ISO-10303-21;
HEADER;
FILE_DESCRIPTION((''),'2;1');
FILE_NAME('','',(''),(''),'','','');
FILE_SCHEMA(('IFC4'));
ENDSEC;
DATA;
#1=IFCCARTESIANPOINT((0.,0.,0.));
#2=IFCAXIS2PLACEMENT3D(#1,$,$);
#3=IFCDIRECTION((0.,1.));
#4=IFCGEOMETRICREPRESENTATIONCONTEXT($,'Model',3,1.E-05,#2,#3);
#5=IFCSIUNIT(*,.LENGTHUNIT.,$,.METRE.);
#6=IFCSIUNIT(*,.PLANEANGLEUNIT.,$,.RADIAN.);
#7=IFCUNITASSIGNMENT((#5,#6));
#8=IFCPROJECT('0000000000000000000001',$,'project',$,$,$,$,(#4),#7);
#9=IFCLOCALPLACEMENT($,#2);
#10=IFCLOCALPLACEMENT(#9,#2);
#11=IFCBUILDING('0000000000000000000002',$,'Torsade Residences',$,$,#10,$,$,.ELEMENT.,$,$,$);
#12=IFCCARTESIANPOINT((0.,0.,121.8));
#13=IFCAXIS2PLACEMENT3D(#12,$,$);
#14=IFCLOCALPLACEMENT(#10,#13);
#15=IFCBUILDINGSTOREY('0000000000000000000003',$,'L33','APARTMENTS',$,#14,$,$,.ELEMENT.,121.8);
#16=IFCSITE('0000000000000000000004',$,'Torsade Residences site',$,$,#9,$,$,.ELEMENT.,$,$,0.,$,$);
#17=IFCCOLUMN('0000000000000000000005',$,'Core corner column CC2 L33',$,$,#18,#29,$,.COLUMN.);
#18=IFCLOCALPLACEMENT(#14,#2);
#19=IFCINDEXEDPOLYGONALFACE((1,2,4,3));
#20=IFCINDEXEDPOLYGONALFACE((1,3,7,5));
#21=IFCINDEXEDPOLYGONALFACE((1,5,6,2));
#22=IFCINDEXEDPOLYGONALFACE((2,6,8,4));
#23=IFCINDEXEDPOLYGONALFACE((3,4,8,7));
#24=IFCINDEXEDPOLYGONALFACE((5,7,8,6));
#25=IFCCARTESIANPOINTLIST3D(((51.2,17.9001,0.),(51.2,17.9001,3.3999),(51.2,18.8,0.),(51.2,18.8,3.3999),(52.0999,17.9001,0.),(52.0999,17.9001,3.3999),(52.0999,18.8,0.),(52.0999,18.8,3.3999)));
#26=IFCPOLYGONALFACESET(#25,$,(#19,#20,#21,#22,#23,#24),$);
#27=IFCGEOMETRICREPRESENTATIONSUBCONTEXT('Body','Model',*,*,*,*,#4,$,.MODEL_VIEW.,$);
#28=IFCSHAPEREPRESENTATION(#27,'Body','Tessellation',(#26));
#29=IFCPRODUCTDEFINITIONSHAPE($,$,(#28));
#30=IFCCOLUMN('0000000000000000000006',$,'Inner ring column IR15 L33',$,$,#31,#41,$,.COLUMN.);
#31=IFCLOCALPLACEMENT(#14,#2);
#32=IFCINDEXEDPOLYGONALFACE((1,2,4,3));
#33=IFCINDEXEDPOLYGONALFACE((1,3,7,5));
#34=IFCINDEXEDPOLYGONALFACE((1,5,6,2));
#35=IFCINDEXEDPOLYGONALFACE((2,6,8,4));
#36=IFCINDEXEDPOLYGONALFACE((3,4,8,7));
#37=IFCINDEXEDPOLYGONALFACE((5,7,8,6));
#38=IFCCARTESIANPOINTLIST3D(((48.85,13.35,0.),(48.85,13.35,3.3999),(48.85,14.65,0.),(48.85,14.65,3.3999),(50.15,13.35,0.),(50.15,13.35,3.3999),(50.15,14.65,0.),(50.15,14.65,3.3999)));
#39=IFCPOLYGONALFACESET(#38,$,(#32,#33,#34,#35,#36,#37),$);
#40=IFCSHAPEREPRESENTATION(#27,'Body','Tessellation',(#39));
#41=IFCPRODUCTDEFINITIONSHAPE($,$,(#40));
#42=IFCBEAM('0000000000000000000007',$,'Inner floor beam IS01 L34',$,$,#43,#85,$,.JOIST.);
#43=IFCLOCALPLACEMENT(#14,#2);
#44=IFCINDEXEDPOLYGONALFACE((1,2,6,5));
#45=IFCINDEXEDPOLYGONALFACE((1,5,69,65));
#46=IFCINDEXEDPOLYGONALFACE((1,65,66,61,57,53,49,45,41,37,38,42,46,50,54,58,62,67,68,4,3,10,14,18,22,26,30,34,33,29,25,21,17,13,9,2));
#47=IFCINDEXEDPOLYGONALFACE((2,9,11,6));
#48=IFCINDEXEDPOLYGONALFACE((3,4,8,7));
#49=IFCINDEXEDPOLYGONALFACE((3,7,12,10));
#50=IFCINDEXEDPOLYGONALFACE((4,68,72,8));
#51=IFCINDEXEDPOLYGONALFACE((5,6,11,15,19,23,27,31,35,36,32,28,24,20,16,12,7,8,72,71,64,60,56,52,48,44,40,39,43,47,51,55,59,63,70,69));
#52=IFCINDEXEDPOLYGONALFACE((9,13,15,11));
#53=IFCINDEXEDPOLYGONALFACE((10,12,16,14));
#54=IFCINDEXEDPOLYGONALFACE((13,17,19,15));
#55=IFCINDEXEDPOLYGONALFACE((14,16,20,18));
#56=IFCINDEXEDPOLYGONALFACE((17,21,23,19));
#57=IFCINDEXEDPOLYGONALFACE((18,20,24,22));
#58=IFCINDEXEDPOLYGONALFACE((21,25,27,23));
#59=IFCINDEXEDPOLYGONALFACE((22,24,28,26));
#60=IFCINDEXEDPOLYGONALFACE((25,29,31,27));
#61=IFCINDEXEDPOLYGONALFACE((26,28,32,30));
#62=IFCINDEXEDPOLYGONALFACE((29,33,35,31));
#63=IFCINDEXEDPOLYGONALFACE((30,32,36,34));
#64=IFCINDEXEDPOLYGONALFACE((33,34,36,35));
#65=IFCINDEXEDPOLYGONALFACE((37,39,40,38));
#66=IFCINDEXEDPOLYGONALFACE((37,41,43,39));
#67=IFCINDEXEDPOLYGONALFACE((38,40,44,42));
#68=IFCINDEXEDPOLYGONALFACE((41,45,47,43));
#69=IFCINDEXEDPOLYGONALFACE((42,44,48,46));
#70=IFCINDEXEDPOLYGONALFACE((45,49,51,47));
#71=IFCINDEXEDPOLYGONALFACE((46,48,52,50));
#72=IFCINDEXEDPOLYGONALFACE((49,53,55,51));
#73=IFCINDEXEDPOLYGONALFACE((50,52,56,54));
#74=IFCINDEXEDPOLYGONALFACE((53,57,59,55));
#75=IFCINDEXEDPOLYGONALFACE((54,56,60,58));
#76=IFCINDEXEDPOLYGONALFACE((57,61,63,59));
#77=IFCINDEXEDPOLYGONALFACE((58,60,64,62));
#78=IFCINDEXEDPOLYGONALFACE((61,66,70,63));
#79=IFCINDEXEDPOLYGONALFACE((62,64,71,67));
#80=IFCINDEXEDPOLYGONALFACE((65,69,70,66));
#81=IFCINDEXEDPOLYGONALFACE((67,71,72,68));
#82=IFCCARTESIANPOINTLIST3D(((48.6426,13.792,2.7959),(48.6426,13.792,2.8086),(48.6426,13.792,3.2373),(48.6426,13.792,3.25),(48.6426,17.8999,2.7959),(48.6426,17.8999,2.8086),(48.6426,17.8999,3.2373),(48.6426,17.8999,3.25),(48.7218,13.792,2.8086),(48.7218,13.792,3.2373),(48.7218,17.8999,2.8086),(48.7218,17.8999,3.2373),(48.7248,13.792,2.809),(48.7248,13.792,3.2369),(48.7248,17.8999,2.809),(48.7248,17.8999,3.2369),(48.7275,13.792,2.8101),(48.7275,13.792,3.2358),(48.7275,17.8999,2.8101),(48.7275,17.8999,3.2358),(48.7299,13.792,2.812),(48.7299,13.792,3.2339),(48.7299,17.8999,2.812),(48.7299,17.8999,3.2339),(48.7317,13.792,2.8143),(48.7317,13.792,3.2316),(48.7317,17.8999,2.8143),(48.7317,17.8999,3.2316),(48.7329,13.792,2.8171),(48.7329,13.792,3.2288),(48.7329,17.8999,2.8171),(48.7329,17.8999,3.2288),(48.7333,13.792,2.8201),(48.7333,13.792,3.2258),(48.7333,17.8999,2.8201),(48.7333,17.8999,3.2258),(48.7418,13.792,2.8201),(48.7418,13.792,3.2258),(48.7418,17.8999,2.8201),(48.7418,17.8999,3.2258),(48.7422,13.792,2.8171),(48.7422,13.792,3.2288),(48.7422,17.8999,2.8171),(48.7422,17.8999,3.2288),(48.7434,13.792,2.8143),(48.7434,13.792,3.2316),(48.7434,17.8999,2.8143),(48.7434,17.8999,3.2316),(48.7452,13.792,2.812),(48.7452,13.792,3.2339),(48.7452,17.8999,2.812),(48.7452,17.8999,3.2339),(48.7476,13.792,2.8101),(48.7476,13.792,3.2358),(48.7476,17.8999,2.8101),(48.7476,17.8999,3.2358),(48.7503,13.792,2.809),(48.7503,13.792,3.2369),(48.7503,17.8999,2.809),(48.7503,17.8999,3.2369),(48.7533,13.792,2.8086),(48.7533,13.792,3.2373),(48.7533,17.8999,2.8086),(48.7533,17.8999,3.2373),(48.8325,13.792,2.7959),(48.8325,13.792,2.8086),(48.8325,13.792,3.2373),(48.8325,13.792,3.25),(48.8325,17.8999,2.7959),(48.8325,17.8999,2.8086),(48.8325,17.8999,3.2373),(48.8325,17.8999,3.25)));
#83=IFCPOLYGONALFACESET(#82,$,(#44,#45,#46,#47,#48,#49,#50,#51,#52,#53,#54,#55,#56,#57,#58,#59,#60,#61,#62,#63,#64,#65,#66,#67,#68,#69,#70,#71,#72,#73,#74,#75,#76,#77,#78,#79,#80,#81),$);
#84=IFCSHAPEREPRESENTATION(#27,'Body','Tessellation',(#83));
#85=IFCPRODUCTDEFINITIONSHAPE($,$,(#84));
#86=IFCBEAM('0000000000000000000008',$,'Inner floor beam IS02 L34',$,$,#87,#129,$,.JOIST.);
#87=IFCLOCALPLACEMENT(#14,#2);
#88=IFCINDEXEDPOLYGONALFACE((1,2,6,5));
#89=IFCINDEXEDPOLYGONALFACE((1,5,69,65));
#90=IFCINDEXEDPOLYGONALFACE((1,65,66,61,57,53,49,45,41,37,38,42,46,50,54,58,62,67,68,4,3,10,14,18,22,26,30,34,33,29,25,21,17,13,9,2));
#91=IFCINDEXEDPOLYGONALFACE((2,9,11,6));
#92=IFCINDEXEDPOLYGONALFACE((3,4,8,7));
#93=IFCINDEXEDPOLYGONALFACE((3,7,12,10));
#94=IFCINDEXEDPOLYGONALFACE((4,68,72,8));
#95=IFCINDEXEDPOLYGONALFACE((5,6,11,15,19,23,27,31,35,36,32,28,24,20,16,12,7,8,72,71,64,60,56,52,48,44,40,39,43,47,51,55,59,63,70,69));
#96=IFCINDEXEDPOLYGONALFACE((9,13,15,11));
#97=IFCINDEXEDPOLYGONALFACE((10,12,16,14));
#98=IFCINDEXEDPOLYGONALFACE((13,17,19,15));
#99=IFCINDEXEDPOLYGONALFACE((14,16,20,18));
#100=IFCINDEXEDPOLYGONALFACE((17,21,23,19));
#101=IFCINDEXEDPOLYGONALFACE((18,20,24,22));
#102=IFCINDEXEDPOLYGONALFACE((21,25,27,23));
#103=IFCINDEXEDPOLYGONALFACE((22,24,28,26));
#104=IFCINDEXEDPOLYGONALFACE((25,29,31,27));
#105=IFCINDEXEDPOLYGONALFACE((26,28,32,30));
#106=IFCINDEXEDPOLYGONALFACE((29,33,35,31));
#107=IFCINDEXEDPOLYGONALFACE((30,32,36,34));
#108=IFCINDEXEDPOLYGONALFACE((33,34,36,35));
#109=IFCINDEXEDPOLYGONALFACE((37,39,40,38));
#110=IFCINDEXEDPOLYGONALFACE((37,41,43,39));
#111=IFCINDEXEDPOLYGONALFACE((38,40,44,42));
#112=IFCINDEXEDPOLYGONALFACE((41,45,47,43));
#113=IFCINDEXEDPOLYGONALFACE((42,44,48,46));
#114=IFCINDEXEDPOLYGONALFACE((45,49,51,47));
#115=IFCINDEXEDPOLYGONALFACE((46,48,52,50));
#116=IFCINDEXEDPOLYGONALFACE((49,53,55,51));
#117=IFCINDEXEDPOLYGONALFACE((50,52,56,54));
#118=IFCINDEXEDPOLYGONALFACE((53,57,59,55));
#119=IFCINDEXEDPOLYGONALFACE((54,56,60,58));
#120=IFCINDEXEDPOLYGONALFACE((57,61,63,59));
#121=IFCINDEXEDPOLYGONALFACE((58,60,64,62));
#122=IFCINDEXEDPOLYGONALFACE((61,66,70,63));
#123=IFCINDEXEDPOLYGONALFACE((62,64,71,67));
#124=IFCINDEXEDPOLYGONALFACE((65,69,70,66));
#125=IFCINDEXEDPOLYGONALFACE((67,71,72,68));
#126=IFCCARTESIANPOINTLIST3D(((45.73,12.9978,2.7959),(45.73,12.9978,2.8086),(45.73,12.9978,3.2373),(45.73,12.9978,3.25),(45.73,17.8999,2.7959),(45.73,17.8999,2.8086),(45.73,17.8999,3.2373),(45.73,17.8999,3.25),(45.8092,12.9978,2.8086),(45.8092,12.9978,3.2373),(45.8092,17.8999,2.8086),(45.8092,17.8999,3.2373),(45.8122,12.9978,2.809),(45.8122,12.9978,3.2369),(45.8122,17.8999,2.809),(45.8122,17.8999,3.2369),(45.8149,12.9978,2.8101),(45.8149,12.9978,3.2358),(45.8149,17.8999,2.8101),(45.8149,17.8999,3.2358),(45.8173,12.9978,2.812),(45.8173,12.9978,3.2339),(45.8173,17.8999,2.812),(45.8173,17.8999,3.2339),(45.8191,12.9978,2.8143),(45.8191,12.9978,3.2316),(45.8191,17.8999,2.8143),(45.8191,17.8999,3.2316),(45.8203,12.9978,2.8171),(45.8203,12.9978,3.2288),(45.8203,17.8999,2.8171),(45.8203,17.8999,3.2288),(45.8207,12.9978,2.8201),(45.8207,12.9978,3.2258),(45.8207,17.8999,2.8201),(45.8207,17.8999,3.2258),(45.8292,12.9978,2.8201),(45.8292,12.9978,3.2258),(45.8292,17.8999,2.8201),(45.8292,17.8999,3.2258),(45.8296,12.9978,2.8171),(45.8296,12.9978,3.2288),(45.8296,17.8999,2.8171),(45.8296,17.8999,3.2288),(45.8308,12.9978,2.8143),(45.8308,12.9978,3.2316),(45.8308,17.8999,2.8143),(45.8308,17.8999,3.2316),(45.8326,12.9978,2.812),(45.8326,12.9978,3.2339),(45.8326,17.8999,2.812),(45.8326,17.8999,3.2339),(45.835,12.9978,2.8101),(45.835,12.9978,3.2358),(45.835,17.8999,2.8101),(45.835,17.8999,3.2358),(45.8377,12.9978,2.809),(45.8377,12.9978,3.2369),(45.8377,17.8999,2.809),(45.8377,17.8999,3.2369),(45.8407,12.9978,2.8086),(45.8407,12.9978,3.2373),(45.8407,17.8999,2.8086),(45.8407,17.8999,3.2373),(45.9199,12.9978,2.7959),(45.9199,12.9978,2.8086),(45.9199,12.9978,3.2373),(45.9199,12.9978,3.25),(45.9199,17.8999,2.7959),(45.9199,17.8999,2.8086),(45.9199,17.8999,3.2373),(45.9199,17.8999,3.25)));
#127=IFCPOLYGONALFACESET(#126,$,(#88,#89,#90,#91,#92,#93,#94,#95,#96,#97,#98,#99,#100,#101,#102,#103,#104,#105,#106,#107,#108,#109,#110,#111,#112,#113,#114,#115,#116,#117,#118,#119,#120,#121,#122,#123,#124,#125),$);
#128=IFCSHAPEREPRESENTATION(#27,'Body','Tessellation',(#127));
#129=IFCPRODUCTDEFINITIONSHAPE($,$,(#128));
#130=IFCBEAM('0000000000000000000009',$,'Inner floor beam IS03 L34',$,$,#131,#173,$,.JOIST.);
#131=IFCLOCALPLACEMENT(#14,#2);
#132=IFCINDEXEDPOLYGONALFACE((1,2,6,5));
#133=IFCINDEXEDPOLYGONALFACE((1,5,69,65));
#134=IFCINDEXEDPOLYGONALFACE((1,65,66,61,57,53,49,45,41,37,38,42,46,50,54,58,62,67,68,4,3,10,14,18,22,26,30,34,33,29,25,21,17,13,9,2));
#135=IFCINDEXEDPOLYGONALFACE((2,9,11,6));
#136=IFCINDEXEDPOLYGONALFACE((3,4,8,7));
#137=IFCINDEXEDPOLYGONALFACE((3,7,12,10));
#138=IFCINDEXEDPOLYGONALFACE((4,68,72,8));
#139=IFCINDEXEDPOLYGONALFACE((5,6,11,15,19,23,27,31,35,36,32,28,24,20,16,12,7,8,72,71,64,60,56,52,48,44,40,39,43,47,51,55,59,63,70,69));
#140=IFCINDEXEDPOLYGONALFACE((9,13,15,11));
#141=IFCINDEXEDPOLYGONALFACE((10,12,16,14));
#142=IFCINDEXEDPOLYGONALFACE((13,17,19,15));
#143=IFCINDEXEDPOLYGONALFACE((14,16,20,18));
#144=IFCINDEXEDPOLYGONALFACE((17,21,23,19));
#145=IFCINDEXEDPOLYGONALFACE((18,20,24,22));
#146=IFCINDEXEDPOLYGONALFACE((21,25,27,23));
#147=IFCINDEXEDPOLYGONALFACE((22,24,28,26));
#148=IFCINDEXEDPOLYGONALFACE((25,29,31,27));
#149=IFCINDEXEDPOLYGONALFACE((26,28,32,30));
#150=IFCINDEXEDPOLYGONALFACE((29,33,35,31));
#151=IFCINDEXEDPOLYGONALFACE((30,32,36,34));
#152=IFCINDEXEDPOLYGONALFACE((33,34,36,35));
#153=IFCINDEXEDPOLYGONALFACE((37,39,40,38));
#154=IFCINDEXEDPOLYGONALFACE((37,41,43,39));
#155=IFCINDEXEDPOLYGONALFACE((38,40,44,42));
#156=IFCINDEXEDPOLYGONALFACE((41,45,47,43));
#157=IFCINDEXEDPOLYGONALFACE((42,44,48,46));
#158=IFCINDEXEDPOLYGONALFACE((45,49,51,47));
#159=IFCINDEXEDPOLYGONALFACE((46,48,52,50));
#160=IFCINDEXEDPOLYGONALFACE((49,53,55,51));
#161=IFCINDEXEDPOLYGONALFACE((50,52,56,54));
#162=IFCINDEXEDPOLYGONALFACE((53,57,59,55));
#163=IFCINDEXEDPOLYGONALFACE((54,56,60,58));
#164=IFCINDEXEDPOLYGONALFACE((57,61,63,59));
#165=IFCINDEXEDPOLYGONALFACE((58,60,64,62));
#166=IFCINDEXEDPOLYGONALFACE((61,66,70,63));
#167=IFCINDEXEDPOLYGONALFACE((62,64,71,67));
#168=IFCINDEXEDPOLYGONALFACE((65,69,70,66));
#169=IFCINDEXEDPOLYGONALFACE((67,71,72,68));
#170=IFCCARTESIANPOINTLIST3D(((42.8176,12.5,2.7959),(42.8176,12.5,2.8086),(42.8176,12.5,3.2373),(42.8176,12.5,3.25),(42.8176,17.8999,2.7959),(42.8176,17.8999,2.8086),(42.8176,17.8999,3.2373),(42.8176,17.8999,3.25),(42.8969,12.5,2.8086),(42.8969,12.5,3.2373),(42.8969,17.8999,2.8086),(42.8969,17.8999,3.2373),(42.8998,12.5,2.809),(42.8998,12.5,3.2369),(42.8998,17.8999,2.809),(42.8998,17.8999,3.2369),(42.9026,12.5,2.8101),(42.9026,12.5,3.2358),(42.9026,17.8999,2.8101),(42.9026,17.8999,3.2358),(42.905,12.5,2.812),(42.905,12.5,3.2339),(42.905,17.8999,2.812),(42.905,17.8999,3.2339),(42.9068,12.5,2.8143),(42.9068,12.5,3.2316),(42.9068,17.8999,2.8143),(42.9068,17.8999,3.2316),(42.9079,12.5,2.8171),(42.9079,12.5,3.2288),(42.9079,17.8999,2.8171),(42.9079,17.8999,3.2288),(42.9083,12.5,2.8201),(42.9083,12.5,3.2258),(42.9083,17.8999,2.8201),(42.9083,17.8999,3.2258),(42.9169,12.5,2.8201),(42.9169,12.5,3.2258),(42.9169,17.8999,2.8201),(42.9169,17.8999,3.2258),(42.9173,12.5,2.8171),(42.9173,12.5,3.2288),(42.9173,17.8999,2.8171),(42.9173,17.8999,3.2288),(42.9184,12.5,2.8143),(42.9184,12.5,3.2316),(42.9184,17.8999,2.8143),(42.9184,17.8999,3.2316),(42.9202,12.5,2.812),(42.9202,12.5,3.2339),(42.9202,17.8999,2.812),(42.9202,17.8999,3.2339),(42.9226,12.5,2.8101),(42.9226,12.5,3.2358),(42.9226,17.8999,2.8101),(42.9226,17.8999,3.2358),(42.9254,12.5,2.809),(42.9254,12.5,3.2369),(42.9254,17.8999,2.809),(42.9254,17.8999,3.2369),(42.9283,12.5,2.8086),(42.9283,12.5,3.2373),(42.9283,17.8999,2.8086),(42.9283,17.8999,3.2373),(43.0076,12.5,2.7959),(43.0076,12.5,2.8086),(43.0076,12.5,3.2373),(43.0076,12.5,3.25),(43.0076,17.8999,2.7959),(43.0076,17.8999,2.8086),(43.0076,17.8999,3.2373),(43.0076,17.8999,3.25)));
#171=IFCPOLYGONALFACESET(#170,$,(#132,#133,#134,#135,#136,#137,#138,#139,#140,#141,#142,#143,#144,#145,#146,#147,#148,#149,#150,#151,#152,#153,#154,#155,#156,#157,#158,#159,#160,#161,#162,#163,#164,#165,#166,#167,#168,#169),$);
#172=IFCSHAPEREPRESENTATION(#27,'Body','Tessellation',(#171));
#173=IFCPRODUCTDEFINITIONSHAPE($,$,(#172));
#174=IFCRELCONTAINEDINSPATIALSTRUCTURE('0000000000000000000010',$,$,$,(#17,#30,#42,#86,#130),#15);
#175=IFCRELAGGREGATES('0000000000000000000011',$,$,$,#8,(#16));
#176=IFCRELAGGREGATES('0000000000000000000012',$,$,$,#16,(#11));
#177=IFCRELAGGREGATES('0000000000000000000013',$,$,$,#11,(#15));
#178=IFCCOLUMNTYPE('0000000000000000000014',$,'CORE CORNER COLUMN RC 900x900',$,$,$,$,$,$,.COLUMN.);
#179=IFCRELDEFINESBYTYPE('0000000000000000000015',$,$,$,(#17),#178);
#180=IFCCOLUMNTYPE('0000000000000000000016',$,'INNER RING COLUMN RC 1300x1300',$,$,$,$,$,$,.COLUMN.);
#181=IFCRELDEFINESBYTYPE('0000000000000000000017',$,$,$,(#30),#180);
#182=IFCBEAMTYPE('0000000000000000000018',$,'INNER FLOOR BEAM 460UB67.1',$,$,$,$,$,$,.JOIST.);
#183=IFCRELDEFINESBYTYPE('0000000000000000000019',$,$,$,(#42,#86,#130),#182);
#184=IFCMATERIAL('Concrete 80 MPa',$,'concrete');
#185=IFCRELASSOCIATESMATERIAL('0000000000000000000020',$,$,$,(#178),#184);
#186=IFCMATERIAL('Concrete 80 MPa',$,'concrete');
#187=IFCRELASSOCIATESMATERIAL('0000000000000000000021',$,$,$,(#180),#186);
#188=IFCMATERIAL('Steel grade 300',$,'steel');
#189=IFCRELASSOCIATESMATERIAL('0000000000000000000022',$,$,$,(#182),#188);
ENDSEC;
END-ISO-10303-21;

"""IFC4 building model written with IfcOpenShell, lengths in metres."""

from ifc_helpers import new_model, si_unit, direction, frame, origin, origin_2d, place, context, subcontext, project, spatial, rectangle, i_section, extrude, material, material_profile, profile_set, type_object, element, save


model = new_model("IFC4")

# Units and contexts
model_context = context("Model", 3, precision=1e-05, world=origin(), true_north=direction((0.0, 1.0)))
body_context = subcontext(model_context, "Body", "Model", "MODEL_VIEW")
ifc_project = project(units=[si_unit("LENGTHUNIT", "METRE"), si_unit("PLANEANGLEUNIT", "RADIAN")], contexts=[model_context])

# Site, building, storey
site_placement = place(None, origin())
site = spatial("IfcSite", under=ifc_project, at=site_placement, Name="Torsade Residences site", CompositionType="ELEMENT", RefElevation=0.0)
building_placement = place(site_placement, origin())
building = spatial("IfcBuilding", under=site, at=building_placement, Name="Torsade Residences", CompositionType="ELEMENT")
storey_placement = place(building_placement, frame((0.0, 0.0, 121.8)))
storey = spatial("IfcBuildingStorey", under=building, at=storey_placement, Name="L33", Description="APARTMENTS", CompositionType="ELEMENT", Elevation=121.8)

# Columns
ifc_material_1 = material(Name="Concrete 80 MPa", Category="concrete")
ifc_material_profile_1 = material_profile(ifc_material_1, rectangle(XDim=0.8999, YDim=0.8999, at=origin_2d()), Name="RC 900x900")
ifc_profile_set_1 = profile_set([ifc_material_profile_1], Name="Concrete 80 MPa")
column_type_1 = type_object("IfcColumnType", Name="CORE CORNER COLUMN RC 900x900", PredefinedType="COLUMN", material=ifc_profile_set_1)
column_1_placement = place(storey_placement, frame((51.6499, 18.3501, 0.0), z_axis=(0.0, 0.0, 1.0), x_axis=(1.0, 0.0, 0.0)))
element("IfcColumn", 1, at=column_1_placement, inside=storey, type_object=column_type_1, Name="Core corner column CC2 L33", PredefinedType="COLUMN", context=body_context, shape_type="SweptSolid", body=[
    extrude(rectangle(XDim=0.8999, YDim=0.8999, at=origin_2d()), origin(), (0.0, 0.0, 1.0), 3.3999),
])
ifc_material_2 = material(Name="Concrete 80 MPa", Category="concrete")
ifc_material_profile_2 = material_profile(ifc_material_2, rectangle(XDim=1.3, YDim=1.3, at=origin_2d()), Name="RC 1300x1300")
ifc_profile_set_2 = profile_set([ifc_material_profile_2], Name="Concrete 80 MPa")
column_type_2 = type_object("IfcColumnType", Name="INNER RING COLUMN RC 1300x1300", PredefinedType="COLUMN", material=ifc_profile_set_2)
column_2_placement = place(storey_placement, frame((49.5, 14.0, 0.0), z_axis=(0.0, 0.0, 1.0), x_axis=(1.0, 0.0, 0.0)))
element("IfcColumn", 2, at=column_2_placement, inside=storey, type_object=column_type_2, Name="Inner ring column IR15 L33", PredefinedType="COLUMN", context=body_context, shape_type="SweptSolid", body=[
    extrude(rectangle(XDim=1.3, YDim=1.3, at=origin_2d()), origin(), (0.0, 0.0, 1.0), 3.3999),
])

# Beams
ifc_material_3 = material(Name="Steel grade 300", Category="steel")
ifc_material_profile_3 = material_profile(ifc_material_3, i_section(OverallWidth=0.1899, OverallDepth=0.4541, WebThickness=0.0085, FlangeThickness=0.0127, FilletRadius=0.0115, at=origin_2d()), Name="460UB67.1")
ifc_profile_set_3 = profile_set([ifc_material_profile_3], Name="Steel grade 300")
beam_type_1 = type_object("IfcBeamType", Name="INNER FLOOR BEAM 460UB67.1", PredefinedType="JOIST", material=ifc_profile_set_3)
beam_1_placement = place(storey_placement, frame((48.7375, 17.8999, 3.0229), z_axis=(0.0, -1.0, 0.0), x_axis=(1.0, 0.0, 0.0)))
element("IfcBeam", 3, at=beam_1_placement, inside=storey, type_object=beam_type_1, Name="Inner floor beam IS01 L34", PredefinedType="JOIST", context=body_context, shape_type="SweptSolid", body=[
    extrude(i_section(OverallWidth=0.1899, OverallDepth=0.4541, WebThickness=0.0085, FlangeThickness=0.0127, FilletRadius=0.0115, at=origin_2d()), origin(), (0.0, 0.0, 1.0), 4.1079),
])
beam_2_placement = place(storey_placement, frame((45.825, 17.8999, 3.0229), z_axis=(0.0, -1.0, 0.0), x_axis=(1.0, 0.0, 0.0)))
element("IfcBeam", 4, at=beam_2_placement, inside=storey, type_object=beam_type_1, Name="Inner floor beam IS02 L34", PredefinedType="JOIST", context=body_context, shape_type="SweptSolid", body=[
    extrude(i_section(OverallWidth=0.1899, OverallDepth=0.4541, WebThickness=0.0085, FlangeThickness=0.0127, FilletRadius=0.0115, at=origin_2d()), origin(), (0.0, 0.0, 1.0), 4.9021),
])
for number, where, z_axis, x_axis, name in (
    (5, (42.9126, 17.8999, 3.0229), (0.0, -1.0, 0.0), (1.0, 0.0, 0.0), "Inner floor beam IS03 L34"),
):
    element("IfcBeam", number, at=place(storey_placement, frame(where, z_axis=z_axis, x_axis=x_axis)), inside=storey, type_object=beam_type_1, Name=name, PredefinedType="JOIST", context=body_context, shape_type="SweptSolid", body=[
        extrude(i_section(OverallWidth=0.1899, OverallDepth=0.4541, WebThickness=0.0085, FlangeThickness=0.0127, FilletRadius=0.0115, at=origin_2d()), origin(), (0.0, 0.0, 1.0), 5.3999),
    ])

save(model, "model.ifc")
